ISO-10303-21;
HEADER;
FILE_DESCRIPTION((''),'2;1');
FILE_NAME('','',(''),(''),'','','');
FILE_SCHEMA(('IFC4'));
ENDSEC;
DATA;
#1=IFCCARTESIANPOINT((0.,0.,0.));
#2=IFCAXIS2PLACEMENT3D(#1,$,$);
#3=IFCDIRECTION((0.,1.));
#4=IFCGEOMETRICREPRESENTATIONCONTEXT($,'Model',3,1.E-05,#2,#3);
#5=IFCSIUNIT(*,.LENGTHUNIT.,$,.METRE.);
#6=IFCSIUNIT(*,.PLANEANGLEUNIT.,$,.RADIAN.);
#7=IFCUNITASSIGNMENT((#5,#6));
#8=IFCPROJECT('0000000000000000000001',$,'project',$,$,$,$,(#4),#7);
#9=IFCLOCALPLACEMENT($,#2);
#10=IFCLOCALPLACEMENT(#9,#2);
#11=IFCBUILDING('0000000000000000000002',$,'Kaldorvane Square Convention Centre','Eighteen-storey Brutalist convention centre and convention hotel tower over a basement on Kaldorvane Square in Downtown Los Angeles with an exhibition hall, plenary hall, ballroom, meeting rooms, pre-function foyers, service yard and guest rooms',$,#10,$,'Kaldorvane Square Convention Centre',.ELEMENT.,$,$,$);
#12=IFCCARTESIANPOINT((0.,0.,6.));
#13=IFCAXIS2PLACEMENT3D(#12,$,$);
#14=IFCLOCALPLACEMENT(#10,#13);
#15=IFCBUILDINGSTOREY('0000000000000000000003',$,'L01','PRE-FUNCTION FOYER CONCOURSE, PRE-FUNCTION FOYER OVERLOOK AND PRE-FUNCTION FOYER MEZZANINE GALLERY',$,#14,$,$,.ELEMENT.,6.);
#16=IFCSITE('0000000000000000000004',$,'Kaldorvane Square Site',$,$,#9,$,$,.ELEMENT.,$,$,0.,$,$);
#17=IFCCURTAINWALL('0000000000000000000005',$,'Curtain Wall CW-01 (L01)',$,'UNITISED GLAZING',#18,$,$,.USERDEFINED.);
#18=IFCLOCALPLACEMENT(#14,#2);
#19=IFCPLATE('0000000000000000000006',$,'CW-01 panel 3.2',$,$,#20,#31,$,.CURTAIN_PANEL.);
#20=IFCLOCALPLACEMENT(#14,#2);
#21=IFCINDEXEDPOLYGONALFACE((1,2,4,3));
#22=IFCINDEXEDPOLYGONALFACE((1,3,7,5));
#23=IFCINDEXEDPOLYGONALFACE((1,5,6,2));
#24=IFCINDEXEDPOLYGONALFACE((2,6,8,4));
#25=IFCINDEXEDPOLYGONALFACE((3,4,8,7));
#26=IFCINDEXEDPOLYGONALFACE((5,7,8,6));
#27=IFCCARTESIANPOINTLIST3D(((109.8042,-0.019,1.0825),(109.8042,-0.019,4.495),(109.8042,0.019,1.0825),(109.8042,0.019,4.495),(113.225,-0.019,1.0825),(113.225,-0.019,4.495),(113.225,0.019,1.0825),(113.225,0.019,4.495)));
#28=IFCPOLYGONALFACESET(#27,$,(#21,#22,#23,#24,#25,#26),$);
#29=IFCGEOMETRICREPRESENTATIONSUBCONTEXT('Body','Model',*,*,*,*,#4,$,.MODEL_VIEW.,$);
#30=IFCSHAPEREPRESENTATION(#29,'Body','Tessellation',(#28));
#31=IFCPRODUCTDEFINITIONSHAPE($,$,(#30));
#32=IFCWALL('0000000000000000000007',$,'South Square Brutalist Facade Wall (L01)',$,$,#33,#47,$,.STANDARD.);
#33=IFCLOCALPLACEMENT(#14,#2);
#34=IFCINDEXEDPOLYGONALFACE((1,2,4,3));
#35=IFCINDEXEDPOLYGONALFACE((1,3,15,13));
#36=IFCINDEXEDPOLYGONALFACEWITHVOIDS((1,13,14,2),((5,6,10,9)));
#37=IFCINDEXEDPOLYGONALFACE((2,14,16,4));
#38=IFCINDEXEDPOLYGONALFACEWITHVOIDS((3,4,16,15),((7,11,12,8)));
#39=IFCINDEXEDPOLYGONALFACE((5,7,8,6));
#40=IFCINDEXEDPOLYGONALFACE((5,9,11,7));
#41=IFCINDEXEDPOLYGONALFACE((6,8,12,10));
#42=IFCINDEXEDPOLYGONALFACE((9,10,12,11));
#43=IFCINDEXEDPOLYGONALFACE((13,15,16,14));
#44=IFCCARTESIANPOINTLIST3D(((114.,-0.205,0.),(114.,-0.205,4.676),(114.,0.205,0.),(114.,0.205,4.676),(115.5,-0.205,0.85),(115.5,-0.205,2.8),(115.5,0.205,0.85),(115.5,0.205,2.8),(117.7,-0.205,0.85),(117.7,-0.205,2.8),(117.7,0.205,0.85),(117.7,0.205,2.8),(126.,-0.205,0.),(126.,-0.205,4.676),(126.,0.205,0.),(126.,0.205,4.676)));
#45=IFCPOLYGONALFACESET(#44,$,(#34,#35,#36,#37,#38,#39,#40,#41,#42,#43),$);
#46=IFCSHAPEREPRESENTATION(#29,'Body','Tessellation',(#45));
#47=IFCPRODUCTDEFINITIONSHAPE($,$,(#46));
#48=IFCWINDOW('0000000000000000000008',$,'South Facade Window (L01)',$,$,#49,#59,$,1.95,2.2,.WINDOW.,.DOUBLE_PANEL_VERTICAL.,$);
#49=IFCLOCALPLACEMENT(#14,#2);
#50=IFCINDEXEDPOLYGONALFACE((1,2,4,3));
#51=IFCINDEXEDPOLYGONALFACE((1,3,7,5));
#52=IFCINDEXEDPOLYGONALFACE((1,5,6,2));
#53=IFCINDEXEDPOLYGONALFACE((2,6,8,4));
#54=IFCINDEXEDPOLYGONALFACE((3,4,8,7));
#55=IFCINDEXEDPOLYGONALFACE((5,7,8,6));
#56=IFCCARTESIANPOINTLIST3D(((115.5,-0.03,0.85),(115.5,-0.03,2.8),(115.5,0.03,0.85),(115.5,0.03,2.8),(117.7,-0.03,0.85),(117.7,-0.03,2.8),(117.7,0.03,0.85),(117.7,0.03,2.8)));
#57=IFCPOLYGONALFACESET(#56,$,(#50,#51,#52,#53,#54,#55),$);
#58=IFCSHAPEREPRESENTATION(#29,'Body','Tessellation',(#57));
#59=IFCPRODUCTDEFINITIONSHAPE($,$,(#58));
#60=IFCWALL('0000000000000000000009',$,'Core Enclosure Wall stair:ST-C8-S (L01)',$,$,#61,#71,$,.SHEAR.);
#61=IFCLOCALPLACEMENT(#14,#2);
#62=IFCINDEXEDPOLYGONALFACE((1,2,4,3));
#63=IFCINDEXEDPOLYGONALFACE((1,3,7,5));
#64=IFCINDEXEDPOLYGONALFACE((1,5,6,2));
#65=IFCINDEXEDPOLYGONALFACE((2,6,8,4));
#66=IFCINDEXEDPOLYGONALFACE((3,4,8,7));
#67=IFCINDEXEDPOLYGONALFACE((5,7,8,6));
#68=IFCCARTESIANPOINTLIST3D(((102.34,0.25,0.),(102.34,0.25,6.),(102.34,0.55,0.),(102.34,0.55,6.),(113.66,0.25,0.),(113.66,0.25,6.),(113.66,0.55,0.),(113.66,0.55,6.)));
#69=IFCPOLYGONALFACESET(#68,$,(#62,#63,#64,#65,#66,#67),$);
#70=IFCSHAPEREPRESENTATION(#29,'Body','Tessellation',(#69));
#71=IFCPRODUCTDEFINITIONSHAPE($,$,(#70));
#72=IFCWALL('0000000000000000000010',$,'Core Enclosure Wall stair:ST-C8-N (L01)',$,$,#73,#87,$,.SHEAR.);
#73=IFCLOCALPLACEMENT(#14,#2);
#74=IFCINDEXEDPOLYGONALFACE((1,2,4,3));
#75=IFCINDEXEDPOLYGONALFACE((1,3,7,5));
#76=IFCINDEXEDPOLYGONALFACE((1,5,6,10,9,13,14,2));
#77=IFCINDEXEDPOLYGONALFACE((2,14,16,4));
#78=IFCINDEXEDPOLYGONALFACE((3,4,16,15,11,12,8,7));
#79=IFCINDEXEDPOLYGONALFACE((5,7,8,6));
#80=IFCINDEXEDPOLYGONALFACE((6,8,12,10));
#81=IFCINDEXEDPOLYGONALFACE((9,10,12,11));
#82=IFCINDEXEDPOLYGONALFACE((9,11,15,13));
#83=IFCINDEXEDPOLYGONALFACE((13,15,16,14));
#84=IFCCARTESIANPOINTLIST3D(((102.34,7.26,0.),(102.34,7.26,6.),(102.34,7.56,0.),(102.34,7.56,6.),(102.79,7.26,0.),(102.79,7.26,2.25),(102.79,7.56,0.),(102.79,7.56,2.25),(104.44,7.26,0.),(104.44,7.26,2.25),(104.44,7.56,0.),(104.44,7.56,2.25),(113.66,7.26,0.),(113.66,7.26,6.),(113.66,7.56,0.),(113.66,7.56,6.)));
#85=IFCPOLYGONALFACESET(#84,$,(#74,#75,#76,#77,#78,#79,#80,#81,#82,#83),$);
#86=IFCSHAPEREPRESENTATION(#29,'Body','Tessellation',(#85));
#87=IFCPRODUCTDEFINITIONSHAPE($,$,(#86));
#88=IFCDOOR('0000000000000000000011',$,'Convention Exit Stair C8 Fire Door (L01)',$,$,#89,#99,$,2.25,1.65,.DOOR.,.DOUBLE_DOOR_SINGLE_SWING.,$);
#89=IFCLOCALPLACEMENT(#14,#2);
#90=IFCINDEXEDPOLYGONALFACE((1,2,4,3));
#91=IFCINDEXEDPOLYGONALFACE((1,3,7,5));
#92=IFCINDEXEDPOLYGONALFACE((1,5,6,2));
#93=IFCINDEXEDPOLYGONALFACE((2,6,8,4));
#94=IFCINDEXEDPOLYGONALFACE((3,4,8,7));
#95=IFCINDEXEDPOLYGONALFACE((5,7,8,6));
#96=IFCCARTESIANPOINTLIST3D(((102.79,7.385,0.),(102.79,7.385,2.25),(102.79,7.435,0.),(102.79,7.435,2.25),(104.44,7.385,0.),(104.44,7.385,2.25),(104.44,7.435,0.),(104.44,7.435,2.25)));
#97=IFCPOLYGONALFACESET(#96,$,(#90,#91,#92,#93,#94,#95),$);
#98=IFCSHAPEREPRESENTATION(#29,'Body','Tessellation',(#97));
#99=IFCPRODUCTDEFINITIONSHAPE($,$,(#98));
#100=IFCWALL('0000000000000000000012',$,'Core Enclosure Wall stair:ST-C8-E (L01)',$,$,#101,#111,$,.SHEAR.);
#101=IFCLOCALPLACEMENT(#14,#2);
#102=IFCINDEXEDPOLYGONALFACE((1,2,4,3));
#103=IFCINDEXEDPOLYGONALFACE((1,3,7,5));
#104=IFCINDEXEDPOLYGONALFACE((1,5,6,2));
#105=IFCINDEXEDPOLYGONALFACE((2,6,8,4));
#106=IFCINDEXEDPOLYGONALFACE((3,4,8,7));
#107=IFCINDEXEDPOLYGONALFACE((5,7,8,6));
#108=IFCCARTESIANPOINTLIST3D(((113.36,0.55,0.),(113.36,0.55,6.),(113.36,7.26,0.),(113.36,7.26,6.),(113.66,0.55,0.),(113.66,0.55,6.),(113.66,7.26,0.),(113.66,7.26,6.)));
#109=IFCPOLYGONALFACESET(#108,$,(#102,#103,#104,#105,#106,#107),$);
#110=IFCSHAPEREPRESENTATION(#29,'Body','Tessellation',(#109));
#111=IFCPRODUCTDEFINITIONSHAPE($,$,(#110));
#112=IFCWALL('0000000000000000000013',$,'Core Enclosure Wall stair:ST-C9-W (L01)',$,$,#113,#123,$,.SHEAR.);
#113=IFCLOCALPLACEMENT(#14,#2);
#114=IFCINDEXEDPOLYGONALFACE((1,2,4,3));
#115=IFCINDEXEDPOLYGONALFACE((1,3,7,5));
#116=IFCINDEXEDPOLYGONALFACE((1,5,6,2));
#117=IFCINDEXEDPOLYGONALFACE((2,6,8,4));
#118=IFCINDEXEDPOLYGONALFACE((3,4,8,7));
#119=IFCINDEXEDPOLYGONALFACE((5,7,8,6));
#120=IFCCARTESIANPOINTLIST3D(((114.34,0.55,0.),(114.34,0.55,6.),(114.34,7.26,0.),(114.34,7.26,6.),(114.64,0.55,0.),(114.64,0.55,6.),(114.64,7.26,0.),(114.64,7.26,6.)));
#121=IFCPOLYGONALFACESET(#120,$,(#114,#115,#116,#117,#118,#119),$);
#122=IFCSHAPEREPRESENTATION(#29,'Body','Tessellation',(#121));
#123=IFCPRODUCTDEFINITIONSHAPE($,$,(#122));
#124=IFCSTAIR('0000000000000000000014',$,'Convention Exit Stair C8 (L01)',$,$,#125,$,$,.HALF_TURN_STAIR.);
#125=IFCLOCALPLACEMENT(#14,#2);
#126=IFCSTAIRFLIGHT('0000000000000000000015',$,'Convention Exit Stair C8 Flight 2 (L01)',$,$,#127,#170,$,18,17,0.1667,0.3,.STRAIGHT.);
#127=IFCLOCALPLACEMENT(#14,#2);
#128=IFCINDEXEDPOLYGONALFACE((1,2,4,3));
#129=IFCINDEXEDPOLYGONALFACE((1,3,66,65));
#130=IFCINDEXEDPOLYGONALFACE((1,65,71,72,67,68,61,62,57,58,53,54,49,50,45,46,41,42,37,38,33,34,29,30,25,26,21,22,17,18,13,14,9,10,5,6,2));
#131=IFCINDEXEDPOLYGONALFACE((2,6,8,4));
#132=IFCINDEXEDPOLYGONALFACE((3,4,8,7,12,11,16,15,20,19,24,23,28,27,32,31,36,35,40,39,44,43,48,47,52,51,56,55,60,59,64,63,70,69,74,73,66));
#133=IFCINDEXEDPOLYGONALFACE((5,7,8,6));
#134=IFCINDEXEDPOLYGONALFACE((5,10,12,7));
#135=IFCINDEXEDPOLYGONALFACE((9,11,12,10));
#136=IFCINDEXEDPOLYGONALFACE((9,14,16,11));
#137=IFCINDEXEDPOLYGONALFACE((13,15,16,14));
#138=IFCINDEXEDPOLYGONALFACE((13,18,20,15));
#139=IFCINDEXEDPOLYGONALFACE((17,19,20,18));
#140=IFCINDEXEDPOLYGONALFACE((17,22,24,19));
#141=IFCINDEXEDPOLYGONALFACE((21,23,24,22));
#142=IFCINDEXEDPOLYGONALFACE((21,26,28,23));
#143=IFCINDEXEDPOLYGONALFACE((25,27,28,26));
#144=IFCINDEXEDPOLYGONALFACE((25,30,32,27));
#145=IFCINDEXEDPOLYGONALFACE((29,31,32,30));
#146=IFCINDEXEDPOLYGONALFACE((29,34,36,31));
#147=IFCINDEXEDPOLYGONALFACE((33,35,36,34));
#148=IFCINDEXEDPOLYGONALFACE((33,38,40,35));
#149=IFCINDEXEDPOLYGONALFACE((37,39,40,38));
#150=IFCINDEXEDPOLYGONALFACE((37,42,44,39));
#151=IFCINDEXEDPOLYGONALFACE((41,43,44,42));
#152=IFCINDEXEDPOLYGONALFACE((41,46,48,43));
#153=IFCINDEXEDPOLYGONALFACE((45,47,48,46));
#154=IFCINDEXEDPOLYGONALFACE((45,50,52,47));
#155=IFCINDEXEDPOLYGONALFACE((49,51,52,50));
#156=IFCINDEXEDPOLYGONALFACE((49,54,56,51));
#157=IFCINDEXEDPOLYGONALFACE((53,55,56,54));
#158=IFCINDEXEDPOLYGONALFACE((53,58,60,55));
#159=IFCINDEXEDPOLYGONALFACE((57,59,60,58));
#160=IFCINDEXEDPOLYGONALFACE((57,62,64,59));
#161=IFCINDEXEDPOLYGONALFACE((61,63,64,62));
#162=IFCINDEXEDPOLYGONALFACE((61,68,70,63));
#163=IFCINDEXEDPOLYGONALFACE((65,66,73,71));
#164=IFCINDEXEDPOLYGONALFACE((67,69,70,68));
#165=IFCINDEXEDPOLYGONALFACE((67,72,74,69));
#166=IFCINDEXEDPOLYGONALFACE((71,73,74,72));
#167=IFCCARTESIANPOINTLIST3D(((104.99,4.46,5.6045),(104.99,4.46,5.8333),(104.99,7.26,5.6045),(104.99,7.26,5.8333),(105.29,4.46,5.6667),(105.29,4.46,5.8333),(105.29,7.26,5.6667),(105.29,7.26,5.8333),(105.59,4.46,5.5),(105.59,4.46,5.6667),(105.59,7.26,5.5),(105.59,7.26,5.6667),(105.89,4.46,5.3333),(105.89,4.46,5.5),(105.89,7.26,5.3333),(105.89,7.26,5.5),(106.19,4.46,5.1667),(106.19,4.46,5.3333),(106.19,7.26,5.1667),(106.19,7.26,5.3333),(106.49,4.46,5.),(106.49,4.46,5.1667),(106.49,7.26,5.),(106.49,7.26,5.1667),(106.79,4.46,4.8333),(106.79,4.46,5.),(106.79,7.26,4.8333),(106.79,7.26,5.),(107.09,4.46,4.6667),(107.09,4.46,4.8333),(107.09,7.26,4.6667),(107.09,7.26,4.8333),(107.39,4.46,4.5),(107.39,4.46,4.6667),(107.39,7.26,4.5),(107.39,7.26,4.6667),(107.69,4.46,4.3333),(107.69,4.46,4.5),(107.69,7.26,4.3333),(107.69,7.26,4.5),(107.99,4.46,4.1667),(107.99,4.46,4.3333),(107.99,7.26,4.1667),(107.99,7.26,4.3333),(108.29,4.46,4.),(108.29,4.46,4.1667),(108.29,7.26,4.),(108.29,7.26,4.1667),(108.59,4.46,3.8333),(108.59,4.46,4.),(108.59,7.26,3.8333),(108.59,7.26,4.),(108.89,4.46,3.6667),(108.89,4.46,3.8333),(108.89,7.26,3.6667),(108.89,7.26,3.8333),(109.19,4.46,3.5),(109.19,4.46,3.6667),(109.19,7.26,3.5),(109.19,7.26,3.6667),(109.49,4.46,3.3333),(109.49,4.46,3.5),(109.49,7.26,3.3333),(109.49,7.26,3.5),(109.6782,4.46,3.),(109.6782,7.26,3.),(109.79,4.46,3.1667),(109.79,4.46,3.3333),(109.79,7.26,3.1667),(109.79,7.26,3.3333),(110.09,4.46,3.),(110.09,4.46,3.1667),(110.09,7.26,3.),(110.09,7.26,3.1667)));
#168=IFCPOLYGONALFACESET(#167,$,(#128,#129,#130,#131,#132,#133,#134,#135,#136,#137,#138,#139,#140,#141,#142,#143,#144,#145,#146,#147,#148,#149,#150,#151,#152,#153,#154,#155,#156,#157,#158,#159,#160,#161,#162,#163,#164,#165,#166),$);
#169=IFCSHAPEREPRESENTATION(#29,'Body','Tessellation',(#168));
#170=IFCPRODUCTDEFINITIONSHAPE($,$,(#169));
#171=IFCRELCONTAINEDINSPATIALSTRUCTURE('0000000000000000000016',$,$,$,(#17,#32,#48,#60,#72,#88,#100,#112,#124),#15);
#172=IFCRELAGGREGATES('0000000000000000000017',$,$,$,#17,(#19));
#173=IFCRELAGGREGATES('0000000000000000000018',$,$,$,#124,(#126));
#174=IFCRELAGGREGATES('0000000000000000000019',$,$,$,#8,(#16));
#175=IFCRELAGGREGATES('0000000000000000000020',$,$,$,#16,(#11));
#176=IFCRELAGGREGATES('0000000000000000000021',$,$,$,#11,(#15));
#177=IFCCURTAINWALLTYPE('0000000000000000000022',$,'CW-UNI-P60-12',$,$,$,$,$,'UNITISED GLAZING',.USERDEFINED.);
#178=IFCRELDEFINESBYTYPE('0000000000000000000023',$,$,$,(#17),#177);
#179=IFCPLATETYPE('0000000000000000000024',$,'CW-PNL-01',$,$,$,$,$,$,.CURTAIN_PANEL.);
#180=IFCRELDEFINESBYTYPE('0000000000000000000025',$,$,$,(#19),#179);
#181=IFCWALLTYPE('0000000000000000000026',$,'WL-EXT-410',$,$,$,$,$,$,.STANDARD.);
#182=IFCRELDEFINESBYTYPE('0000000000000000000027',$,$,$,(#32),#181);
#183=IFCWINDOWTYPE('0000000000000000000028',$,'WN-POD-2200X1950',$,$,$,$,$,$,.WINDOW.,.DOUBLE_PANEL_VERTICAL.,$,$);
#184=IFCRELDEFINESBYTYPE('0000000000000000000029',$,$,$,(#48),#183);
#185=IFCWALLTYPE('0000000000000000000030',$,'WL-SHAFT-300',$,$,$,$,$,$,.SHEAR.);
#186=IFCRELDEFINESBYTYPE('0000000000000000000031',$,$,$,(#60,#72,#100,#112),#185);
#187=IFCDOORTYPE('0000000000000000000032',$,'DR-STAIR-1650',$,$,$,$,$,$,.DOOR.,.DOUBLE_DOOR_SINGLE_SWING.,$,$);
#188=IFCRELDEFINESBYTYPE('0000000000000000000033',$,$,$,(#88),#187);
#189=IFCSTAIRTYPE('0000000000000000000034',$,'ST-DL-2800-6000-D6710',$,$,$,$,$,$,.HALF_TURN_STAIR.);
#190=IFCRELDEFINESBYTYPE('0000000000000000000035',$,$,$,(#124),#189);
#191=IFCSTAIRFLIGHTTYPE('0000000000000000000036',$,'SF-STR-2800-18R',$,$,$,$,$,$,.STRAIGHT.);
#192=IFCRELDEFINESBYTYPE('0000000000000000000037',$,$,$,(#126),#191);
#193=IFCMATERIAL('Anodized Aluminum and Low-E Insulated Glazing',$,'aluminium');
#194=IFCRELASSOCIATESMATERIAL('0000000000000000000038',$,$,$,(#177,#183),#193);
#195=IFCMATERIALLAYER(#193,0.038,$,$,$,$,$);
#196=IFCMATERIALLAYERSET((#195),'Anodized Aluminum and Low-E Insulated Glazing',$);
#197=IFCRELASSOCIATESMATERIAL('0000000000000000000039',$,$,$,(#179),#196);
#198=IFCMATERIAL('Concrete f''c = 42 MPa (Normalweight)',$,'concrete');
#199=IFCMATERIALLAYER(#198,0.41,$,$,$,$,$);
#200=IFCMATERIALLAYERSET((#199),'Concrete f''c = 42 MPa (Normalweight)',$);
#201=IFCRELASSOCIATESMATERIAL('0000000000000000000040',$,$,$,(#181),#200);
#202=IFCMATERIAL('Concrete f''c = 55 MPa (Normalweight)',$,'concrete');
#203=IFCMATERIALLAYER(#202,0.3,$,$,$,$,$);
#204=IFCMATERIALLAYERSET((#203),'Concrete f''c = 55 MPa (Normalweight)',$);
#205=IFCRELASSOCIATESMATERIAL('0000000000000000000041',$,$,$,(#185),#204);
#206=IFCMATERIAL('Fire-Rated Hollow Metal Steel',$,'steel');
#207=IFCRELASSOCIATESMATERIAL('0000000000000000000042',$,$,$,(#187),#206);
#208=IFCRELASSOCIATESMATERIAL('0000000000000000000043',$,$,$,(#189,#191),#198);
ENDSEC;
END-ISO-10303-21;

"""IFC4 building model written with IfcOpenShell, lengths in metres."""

from ifc_helpers import new_model, si_unit, direction, frame, frame_2d, origin, origin_2d, place, context, subcontext, project, spatial, polyline, rectangle, outline, extrude, material, layer, layer_set, type_object, element, fill, aggregate, save


model = new_model("IFC4")

# Units and contexts
model_context = context("Model", 3, precision=1e-05, world=origin(), true_north=direction((0.0, 1.0)))
body_context = subcontext(model_context, "Body", "Model", "MODEL_VIEW")
ifc_project = project(units=[si_unit("LENGTHUNIT", "METRE"), si_unit("PLANEANGLEUNIT", "RADIAN")], contexts=[model_context])

# Site, building, storey
site_placement = place(None, origin())
site = spatial("IfcSite", under=ifc_project, at=site_placement, Name="Kaldorvane Square Site", CompositionType="ELEMENT", RefElevation=0.0)
building_placement = place(site_placement, origin())
building = spatial("IfcBuilding", under=site, at=building_placement, Name="Kaldorvane Square Convention Centre", Description="Eighteen-storey Brutalist convention centre and convention hotel tower over a basement on Kaldorvane Square in Downtown Los Angeles with an exhibition hall, plenary hall, ballroom, meeting rooms, pre-function foyers, service yard and guest rooms", LongName="Kaldorvane Square Convention Centre", CompositionType="ELEMENT")
storey_placement = place(building_placement, frame((0.0, 0.0, 6.0)))
storey = spatial("IfcBuildingStorey", under=building, at=storey_placement, Name="L01", Description="PRE-FUNCTION FOYER CONCOURSE, PRE-FUNCTION FOYER OVERLOOK AND PRE-FUNCTION FOYER MEZZANINE GALLERY", CompositionType="ELEMENT", Elevation=6.0)

# Shared definitions
ifc_material_1 = material(Name="Concrete f'c = 55 MPa (Normalweight)", Category="concrete")

# Shared definitions
ifc_material_2 = material(Name="Concrete f'c = 42 MPa (Normalweight)", Category="concrete")

# Curtain wall, plate
ifc_material_3 = material(Name="Anodized Aluminum and Low-E Insulated Glazing", Category="aluminium")
curtain_wall_type = type_object("IfcCurtainWallType", Name="CW-UNI-P60-12", ElementType="UNITISED GLAZING", PredefinedType="USERDEFINED", material=ifc_material_3)
curtain_wall_placement = place(storey_placement, origin())
curtain_wall = element("IfcCurtainWall", 1, at=curtain_wall_placement, inside=storey, type_object=curtain_wall_type, Name="Curtain Wall CW-01 (L01)", ObjectType="UNITISED GLAZING", PredefinedType="USERDEFINED")
ifc_layer_1 = layer(ifc_material_3, 0.038)
ifc_layer_set_1 = layer_set([ifc_layer_1], Name="Anodized Aluminum and Low-E Insulated Glazing")
plate_type = type_object("IfcPlateType", Name="CW-PNL-01", PredefinedType="CURTAIN_PANEL", material=ifc_layer_set_1)
plate_1_placement = place(storey_placement, frame((111.5146, 0.0, 1.0825), z_axis=(0.0, 0.0, 1.0), x_axis=(1.0, 0.0, 0.0)))
plate_1 = element("IfcPlate", 2, at=plate_1_placement, type_object=plate_type, Name="CW-01 panel 3.2", PredefinedType="CURTAIN_PANEL", context=body_context, shape_type="SweptSolid", body=[
    extrude(rectangle(XDim=3.4208, YDim=0.038, at=origin_2d()), origin(), (0.0, 0.0, 1.0), 3.4125),
])
aggregate(curtain_wall, [plate_1])

# Wall, opening, window
ifc_layer_2 = layer(ifc_material_2, 0.41)
ifc_layer_set_2 = layer_set([ifc_layer_2], Name="Concrete f'c = 42 MPa (Normalweight)")
wall_type_1 = type_object("IfcWallType", Name="WL-EXT-410", PredefinedType="STANDARD", material=ifc_layer_set_2)
wall_1_placement = place(storey_placement, frame((114.0, 0.0, 0.0), z_axis=(0.0, 0.0, 1.0), x_axis=(1.0, 0.0, 0.0)))
wall_1 = element("IfcWall", 3, at=wall_1_placement, inside=storey, type_object=wall_type_1, Name="South Square Brutalist Facade Wall (L01)", PredefinedType="STANDARD", context=body_context, shape_type="SweptSolid", body=[
    extrude(rectangle(XDim=12.0, YDim=0.41, at=frame_2d((6.0, 0.0))), origin(), (0.0, 0.0, 1.0), 4.676),
])
opening_1_placement = place(wall_1_placement, frame((1.5, 0.0, 0.85)))
opening_1 = element("IfcOpeningElement", 4, at=opening_1_placement, cuts=wall_1, PredefinedType="OPENING", context=body_context, shape_type="SweptSolid", body=[
    extrude(rectangle(XDim=2.2, YDim=1.95, at=frame_2d((1.1, 0.975))), frame((0.0, 0.22, 0.0), z_axis=(0.0, -1.0, 0.0), x_axis=(1.0, 0.0, 0.0)), (0.0, 0.0, 1.0), 0.44),
])
window_type = type_object("IfcWindowType", Name="WN-POD-2200X1950", PartitioningType="DOUBLE_PANEL_VERTICAL", PredefinedType="WINDOW", material=ifc_material_3)
window_placement = place(opening_1_placement, origin())
window = element("IfcWindow", 5, at=window_placement, inside=storey, type_object=window_type, Name="South Facade Window (L01)", OverallHeight=1.95, OverallWidth=2.2, PartitioningType="DOUBLE_PANEL_VERTICAL", PredefinedType="WINDOW", context=body_context, shape_type="SweptSolid", body=[
    extrude(rectangle(XDim=2.2, YDim=1.95, at=frame_2d((1.1, 0.975))), frame((0.0, 0.03, 0.0), z_axis=(0.0, -1.0, 0.0), x_axis=(1.0, 0.0, 0.0)), (0.0, 0.0, 1.0), 0.06),
])
fill(opening_1, window)

# Wall
ifc_layer_3 = layer(ifc_material_1, 0.3)
ifc_layer_set_3 = layer_set([ifc_layer_3], Name="Concrete f'c = 55 MPa (Normalweight)")
wall_type_2 = type_object("IfcWallType", Name="WL-SHAFT-300", PredefinedType="SHEAR", material=ifc_layer_set_3)
wall_2_placement = place(storey_placement, frame((113.66, 0.4, 0.0), z_axis=(0.0, 0.0, 1.0), x_axis=(-1.0, 0.0, 0.0)))
element("IfcWall", 6, at=wall_2_placement, inside=storey, type_object=wall_type_2, Name="Core Enclosure Wall stair:ST-C8-S (L01)", PredefinedType="SHEAR", context=body_context, shape_type="SweptSolid", body=[
    extrude(rectangle(XDim=11.32, YDim=0.3, at=frame_2d((5.66, 0.0))), origin(), (0.0, 0.0, 1.0), 6.0),
])

# Wall, opening, door
wall_3_placement = place(storey_placement, frame((113.66, 7.41, 0.0), z_axis=(0.0, 0.0, 1.0), x_axis=(-1.0, 0.0, 0.0)))
wall_3 = element("IfcWall", 7, at=wall_3_placement, inside=storey, type_object=wall_type_2, Name="Core Enclosure Wall stair:ST-C8-N (L01)", PredefinedType="SHEAR", context=body_context, shape_type="SweptSolid", body=[
    extrude(rectangle(XDim=11.32, YDim=0.3, at=frame_2d((5.66, 0.0))), origin(), (0.0, 0.0, 1.0), 6.0),
])
opening_2_placement = place(wall_3_placement, frame((9.22, 0.0, 0.0)))
opening_2 = element("IfcOpeningElement", 8, at=opening_2_placement, cuts=wall_3, PredefinedType="OPENING", context=body_context, shape_type="SweptSolid", body=[
    extrude(rectangle(XDim=1.65, YDim=2.25, at=frame_2d((0.825, 1.125))), frame((0.0, 0.165, 0.0), z_axis=(0.0, -1.0, 0.0), x_axis=(1.0, 0.0, 0.0)), (0.0, 0.0, 1.0), 0.33),
])
ifc_material_4 = material(Name="Fire-Rated Hollow Metal Steel", Category="steel")
door_type = type_object("IfcDoorType", Name="DR-STAIR-1650", OperationType="DOUBLE_DOOR_SINGLE_SWING", PredefinedType="DOOR", material=ifc_material_4)
door_placement = place(opening_2_placement, origin())
door = element("IfcDoor", 9, at=door_placement, inside=storey, type_object=door_type, Name="Convention Exit Stair C8 Fire Door (L01)", OperationType="DOUBLE_DOOR_SINGLE_SWING", OverallHeight=2.25, OverallWidth=1.65, PredefinedType="DOOR", context=body_context, shape_type="SweptSolid", body=[
    extrude(rectangle(XDim=1.65, YDim=2.25, at=frame_2d((0.825, 1.125))), frame((0.0, 0.025, 0.0), z_axis=(0.0, -1.0, 0.0), x_axis=(1.0, 0.0, 0.0)), (0.0, 0.0, 1.0), 0.05),
])
fill(opening_2, door)

# Walls
for number, where, z_axis, x_axis, name in (
    (10, (113.51, 0.55, 0.0), (0.0, 0.0, 1.0), (0.0, 1.0, 0.0), "Core Enclosure Wall stair:ST-C8-E (L01)"),
    (11, (114.49, 7.26, 0.0), (0.0, 0.0, 1.0), (0.0, -1.0, 0.0), "Core Enclosure Wall stair:ST-C9-W (L01)"),
):
    element("IfcWall", number, at=place(storey_placement, frame(where, z_axis=z_axis, x_axis=x_axis)), inside=storey, type_object=wall_type_2, Name=name, PredefinedType="SHEAR", context=body_context, shape_type="SweptSolid", body=[
        extrude(rectangle(XDim=6.71, YDim=0.3, at=frame_2d((3.355, 0.0))), origin(), (0.0, 0.0, 1.0), 6.0),
    ])

# Stair, stair flight
stair_type = type_object("IfcStairType", Name="ST-DL-2800-6000-D6710", PredefinedType="HALF_TURN_STAIR", material=ifc_material_2)
stair_1_placement = place(storey_placement, origin())
stair_1 = element("IfcStair", 12, at=stair_1_placement, inside=storey, type_object=stair_type, Name="Convention Exit Stair C8 (L01)", PredefinedType="HALF_TURN_STAIR")
stair_flight_type = type_object("IfcStairFlightType", Name="SF-STR-2800-18R", PredefinedType="STRAIGHT", material=ifc_material_2)
stair_flight_1_placement = place(storey_placement, frame((110.09, 5.86, 3.0), z_axis=(0.0, 0.0, 1.0), x_axis=(-1.0, 0.0, 0.0)))
stair_flight_1 = element("IfcStairFlight", 13, at=stair_flight_1_placement, type_object=stair_flight_type, Name="Convention Exit Stair C8 Flight 2 (L01)", NumberOfRisers=18, NumberOfTreads=17, PredefinedType="STRAIGHT", RiserHeight=0.1667, TreadLength=0.3, context=body_context, shape_type="SweptSolid", body=[
    extrude(outline(polyline([(0.0, 0.0), (0.0, 0.1667), (0.3, 0.1667), (0.3, 0.3333), (0.6, 0.3333), (0.6, 0.5), (0.9, 0.5), (0.9, 0.6667), (1.2, 0.6667), (1.2, 0.8333), (1.5, 0.8333), (1.5, 1.0), (1.8, 1.0), (1.8, 1.1667), (2.1, 1.1667), (2.1, 1.3333), (2.4, 1.3333), (2.4, 1.5), (2.7, 1.5), (2.7, 1.6667), (3.0, 1.6667), (3.0, 1.8333), (3.3, 1.8333), (3.3, 2.0), (3.6, 2.0), (3.6, 2.1667), (3.9, 2.1667), (3.9, 2.3333), (4.2, 2.3333), (4.2, 2.5), (4.5, 2.5), (4.5, 2.6667), (4.8, 2.6667), (4.8, 2.8333), (5.1, 2.8333), (5.1, 3.0), (5.1, 2.6045), (0.4118, 0.0), (0.0, 0.0)])), frame((0.0, 1.4, 0.0), z_axis=(0.0, -1.0, 0.0), x_axis=(1.0, 0.0, 0.0)), (0.0, 0.0, 1.0), 2.8),
])
aggregate(stair_1, [stair_flight_1])

save(model, "model.ifc")
